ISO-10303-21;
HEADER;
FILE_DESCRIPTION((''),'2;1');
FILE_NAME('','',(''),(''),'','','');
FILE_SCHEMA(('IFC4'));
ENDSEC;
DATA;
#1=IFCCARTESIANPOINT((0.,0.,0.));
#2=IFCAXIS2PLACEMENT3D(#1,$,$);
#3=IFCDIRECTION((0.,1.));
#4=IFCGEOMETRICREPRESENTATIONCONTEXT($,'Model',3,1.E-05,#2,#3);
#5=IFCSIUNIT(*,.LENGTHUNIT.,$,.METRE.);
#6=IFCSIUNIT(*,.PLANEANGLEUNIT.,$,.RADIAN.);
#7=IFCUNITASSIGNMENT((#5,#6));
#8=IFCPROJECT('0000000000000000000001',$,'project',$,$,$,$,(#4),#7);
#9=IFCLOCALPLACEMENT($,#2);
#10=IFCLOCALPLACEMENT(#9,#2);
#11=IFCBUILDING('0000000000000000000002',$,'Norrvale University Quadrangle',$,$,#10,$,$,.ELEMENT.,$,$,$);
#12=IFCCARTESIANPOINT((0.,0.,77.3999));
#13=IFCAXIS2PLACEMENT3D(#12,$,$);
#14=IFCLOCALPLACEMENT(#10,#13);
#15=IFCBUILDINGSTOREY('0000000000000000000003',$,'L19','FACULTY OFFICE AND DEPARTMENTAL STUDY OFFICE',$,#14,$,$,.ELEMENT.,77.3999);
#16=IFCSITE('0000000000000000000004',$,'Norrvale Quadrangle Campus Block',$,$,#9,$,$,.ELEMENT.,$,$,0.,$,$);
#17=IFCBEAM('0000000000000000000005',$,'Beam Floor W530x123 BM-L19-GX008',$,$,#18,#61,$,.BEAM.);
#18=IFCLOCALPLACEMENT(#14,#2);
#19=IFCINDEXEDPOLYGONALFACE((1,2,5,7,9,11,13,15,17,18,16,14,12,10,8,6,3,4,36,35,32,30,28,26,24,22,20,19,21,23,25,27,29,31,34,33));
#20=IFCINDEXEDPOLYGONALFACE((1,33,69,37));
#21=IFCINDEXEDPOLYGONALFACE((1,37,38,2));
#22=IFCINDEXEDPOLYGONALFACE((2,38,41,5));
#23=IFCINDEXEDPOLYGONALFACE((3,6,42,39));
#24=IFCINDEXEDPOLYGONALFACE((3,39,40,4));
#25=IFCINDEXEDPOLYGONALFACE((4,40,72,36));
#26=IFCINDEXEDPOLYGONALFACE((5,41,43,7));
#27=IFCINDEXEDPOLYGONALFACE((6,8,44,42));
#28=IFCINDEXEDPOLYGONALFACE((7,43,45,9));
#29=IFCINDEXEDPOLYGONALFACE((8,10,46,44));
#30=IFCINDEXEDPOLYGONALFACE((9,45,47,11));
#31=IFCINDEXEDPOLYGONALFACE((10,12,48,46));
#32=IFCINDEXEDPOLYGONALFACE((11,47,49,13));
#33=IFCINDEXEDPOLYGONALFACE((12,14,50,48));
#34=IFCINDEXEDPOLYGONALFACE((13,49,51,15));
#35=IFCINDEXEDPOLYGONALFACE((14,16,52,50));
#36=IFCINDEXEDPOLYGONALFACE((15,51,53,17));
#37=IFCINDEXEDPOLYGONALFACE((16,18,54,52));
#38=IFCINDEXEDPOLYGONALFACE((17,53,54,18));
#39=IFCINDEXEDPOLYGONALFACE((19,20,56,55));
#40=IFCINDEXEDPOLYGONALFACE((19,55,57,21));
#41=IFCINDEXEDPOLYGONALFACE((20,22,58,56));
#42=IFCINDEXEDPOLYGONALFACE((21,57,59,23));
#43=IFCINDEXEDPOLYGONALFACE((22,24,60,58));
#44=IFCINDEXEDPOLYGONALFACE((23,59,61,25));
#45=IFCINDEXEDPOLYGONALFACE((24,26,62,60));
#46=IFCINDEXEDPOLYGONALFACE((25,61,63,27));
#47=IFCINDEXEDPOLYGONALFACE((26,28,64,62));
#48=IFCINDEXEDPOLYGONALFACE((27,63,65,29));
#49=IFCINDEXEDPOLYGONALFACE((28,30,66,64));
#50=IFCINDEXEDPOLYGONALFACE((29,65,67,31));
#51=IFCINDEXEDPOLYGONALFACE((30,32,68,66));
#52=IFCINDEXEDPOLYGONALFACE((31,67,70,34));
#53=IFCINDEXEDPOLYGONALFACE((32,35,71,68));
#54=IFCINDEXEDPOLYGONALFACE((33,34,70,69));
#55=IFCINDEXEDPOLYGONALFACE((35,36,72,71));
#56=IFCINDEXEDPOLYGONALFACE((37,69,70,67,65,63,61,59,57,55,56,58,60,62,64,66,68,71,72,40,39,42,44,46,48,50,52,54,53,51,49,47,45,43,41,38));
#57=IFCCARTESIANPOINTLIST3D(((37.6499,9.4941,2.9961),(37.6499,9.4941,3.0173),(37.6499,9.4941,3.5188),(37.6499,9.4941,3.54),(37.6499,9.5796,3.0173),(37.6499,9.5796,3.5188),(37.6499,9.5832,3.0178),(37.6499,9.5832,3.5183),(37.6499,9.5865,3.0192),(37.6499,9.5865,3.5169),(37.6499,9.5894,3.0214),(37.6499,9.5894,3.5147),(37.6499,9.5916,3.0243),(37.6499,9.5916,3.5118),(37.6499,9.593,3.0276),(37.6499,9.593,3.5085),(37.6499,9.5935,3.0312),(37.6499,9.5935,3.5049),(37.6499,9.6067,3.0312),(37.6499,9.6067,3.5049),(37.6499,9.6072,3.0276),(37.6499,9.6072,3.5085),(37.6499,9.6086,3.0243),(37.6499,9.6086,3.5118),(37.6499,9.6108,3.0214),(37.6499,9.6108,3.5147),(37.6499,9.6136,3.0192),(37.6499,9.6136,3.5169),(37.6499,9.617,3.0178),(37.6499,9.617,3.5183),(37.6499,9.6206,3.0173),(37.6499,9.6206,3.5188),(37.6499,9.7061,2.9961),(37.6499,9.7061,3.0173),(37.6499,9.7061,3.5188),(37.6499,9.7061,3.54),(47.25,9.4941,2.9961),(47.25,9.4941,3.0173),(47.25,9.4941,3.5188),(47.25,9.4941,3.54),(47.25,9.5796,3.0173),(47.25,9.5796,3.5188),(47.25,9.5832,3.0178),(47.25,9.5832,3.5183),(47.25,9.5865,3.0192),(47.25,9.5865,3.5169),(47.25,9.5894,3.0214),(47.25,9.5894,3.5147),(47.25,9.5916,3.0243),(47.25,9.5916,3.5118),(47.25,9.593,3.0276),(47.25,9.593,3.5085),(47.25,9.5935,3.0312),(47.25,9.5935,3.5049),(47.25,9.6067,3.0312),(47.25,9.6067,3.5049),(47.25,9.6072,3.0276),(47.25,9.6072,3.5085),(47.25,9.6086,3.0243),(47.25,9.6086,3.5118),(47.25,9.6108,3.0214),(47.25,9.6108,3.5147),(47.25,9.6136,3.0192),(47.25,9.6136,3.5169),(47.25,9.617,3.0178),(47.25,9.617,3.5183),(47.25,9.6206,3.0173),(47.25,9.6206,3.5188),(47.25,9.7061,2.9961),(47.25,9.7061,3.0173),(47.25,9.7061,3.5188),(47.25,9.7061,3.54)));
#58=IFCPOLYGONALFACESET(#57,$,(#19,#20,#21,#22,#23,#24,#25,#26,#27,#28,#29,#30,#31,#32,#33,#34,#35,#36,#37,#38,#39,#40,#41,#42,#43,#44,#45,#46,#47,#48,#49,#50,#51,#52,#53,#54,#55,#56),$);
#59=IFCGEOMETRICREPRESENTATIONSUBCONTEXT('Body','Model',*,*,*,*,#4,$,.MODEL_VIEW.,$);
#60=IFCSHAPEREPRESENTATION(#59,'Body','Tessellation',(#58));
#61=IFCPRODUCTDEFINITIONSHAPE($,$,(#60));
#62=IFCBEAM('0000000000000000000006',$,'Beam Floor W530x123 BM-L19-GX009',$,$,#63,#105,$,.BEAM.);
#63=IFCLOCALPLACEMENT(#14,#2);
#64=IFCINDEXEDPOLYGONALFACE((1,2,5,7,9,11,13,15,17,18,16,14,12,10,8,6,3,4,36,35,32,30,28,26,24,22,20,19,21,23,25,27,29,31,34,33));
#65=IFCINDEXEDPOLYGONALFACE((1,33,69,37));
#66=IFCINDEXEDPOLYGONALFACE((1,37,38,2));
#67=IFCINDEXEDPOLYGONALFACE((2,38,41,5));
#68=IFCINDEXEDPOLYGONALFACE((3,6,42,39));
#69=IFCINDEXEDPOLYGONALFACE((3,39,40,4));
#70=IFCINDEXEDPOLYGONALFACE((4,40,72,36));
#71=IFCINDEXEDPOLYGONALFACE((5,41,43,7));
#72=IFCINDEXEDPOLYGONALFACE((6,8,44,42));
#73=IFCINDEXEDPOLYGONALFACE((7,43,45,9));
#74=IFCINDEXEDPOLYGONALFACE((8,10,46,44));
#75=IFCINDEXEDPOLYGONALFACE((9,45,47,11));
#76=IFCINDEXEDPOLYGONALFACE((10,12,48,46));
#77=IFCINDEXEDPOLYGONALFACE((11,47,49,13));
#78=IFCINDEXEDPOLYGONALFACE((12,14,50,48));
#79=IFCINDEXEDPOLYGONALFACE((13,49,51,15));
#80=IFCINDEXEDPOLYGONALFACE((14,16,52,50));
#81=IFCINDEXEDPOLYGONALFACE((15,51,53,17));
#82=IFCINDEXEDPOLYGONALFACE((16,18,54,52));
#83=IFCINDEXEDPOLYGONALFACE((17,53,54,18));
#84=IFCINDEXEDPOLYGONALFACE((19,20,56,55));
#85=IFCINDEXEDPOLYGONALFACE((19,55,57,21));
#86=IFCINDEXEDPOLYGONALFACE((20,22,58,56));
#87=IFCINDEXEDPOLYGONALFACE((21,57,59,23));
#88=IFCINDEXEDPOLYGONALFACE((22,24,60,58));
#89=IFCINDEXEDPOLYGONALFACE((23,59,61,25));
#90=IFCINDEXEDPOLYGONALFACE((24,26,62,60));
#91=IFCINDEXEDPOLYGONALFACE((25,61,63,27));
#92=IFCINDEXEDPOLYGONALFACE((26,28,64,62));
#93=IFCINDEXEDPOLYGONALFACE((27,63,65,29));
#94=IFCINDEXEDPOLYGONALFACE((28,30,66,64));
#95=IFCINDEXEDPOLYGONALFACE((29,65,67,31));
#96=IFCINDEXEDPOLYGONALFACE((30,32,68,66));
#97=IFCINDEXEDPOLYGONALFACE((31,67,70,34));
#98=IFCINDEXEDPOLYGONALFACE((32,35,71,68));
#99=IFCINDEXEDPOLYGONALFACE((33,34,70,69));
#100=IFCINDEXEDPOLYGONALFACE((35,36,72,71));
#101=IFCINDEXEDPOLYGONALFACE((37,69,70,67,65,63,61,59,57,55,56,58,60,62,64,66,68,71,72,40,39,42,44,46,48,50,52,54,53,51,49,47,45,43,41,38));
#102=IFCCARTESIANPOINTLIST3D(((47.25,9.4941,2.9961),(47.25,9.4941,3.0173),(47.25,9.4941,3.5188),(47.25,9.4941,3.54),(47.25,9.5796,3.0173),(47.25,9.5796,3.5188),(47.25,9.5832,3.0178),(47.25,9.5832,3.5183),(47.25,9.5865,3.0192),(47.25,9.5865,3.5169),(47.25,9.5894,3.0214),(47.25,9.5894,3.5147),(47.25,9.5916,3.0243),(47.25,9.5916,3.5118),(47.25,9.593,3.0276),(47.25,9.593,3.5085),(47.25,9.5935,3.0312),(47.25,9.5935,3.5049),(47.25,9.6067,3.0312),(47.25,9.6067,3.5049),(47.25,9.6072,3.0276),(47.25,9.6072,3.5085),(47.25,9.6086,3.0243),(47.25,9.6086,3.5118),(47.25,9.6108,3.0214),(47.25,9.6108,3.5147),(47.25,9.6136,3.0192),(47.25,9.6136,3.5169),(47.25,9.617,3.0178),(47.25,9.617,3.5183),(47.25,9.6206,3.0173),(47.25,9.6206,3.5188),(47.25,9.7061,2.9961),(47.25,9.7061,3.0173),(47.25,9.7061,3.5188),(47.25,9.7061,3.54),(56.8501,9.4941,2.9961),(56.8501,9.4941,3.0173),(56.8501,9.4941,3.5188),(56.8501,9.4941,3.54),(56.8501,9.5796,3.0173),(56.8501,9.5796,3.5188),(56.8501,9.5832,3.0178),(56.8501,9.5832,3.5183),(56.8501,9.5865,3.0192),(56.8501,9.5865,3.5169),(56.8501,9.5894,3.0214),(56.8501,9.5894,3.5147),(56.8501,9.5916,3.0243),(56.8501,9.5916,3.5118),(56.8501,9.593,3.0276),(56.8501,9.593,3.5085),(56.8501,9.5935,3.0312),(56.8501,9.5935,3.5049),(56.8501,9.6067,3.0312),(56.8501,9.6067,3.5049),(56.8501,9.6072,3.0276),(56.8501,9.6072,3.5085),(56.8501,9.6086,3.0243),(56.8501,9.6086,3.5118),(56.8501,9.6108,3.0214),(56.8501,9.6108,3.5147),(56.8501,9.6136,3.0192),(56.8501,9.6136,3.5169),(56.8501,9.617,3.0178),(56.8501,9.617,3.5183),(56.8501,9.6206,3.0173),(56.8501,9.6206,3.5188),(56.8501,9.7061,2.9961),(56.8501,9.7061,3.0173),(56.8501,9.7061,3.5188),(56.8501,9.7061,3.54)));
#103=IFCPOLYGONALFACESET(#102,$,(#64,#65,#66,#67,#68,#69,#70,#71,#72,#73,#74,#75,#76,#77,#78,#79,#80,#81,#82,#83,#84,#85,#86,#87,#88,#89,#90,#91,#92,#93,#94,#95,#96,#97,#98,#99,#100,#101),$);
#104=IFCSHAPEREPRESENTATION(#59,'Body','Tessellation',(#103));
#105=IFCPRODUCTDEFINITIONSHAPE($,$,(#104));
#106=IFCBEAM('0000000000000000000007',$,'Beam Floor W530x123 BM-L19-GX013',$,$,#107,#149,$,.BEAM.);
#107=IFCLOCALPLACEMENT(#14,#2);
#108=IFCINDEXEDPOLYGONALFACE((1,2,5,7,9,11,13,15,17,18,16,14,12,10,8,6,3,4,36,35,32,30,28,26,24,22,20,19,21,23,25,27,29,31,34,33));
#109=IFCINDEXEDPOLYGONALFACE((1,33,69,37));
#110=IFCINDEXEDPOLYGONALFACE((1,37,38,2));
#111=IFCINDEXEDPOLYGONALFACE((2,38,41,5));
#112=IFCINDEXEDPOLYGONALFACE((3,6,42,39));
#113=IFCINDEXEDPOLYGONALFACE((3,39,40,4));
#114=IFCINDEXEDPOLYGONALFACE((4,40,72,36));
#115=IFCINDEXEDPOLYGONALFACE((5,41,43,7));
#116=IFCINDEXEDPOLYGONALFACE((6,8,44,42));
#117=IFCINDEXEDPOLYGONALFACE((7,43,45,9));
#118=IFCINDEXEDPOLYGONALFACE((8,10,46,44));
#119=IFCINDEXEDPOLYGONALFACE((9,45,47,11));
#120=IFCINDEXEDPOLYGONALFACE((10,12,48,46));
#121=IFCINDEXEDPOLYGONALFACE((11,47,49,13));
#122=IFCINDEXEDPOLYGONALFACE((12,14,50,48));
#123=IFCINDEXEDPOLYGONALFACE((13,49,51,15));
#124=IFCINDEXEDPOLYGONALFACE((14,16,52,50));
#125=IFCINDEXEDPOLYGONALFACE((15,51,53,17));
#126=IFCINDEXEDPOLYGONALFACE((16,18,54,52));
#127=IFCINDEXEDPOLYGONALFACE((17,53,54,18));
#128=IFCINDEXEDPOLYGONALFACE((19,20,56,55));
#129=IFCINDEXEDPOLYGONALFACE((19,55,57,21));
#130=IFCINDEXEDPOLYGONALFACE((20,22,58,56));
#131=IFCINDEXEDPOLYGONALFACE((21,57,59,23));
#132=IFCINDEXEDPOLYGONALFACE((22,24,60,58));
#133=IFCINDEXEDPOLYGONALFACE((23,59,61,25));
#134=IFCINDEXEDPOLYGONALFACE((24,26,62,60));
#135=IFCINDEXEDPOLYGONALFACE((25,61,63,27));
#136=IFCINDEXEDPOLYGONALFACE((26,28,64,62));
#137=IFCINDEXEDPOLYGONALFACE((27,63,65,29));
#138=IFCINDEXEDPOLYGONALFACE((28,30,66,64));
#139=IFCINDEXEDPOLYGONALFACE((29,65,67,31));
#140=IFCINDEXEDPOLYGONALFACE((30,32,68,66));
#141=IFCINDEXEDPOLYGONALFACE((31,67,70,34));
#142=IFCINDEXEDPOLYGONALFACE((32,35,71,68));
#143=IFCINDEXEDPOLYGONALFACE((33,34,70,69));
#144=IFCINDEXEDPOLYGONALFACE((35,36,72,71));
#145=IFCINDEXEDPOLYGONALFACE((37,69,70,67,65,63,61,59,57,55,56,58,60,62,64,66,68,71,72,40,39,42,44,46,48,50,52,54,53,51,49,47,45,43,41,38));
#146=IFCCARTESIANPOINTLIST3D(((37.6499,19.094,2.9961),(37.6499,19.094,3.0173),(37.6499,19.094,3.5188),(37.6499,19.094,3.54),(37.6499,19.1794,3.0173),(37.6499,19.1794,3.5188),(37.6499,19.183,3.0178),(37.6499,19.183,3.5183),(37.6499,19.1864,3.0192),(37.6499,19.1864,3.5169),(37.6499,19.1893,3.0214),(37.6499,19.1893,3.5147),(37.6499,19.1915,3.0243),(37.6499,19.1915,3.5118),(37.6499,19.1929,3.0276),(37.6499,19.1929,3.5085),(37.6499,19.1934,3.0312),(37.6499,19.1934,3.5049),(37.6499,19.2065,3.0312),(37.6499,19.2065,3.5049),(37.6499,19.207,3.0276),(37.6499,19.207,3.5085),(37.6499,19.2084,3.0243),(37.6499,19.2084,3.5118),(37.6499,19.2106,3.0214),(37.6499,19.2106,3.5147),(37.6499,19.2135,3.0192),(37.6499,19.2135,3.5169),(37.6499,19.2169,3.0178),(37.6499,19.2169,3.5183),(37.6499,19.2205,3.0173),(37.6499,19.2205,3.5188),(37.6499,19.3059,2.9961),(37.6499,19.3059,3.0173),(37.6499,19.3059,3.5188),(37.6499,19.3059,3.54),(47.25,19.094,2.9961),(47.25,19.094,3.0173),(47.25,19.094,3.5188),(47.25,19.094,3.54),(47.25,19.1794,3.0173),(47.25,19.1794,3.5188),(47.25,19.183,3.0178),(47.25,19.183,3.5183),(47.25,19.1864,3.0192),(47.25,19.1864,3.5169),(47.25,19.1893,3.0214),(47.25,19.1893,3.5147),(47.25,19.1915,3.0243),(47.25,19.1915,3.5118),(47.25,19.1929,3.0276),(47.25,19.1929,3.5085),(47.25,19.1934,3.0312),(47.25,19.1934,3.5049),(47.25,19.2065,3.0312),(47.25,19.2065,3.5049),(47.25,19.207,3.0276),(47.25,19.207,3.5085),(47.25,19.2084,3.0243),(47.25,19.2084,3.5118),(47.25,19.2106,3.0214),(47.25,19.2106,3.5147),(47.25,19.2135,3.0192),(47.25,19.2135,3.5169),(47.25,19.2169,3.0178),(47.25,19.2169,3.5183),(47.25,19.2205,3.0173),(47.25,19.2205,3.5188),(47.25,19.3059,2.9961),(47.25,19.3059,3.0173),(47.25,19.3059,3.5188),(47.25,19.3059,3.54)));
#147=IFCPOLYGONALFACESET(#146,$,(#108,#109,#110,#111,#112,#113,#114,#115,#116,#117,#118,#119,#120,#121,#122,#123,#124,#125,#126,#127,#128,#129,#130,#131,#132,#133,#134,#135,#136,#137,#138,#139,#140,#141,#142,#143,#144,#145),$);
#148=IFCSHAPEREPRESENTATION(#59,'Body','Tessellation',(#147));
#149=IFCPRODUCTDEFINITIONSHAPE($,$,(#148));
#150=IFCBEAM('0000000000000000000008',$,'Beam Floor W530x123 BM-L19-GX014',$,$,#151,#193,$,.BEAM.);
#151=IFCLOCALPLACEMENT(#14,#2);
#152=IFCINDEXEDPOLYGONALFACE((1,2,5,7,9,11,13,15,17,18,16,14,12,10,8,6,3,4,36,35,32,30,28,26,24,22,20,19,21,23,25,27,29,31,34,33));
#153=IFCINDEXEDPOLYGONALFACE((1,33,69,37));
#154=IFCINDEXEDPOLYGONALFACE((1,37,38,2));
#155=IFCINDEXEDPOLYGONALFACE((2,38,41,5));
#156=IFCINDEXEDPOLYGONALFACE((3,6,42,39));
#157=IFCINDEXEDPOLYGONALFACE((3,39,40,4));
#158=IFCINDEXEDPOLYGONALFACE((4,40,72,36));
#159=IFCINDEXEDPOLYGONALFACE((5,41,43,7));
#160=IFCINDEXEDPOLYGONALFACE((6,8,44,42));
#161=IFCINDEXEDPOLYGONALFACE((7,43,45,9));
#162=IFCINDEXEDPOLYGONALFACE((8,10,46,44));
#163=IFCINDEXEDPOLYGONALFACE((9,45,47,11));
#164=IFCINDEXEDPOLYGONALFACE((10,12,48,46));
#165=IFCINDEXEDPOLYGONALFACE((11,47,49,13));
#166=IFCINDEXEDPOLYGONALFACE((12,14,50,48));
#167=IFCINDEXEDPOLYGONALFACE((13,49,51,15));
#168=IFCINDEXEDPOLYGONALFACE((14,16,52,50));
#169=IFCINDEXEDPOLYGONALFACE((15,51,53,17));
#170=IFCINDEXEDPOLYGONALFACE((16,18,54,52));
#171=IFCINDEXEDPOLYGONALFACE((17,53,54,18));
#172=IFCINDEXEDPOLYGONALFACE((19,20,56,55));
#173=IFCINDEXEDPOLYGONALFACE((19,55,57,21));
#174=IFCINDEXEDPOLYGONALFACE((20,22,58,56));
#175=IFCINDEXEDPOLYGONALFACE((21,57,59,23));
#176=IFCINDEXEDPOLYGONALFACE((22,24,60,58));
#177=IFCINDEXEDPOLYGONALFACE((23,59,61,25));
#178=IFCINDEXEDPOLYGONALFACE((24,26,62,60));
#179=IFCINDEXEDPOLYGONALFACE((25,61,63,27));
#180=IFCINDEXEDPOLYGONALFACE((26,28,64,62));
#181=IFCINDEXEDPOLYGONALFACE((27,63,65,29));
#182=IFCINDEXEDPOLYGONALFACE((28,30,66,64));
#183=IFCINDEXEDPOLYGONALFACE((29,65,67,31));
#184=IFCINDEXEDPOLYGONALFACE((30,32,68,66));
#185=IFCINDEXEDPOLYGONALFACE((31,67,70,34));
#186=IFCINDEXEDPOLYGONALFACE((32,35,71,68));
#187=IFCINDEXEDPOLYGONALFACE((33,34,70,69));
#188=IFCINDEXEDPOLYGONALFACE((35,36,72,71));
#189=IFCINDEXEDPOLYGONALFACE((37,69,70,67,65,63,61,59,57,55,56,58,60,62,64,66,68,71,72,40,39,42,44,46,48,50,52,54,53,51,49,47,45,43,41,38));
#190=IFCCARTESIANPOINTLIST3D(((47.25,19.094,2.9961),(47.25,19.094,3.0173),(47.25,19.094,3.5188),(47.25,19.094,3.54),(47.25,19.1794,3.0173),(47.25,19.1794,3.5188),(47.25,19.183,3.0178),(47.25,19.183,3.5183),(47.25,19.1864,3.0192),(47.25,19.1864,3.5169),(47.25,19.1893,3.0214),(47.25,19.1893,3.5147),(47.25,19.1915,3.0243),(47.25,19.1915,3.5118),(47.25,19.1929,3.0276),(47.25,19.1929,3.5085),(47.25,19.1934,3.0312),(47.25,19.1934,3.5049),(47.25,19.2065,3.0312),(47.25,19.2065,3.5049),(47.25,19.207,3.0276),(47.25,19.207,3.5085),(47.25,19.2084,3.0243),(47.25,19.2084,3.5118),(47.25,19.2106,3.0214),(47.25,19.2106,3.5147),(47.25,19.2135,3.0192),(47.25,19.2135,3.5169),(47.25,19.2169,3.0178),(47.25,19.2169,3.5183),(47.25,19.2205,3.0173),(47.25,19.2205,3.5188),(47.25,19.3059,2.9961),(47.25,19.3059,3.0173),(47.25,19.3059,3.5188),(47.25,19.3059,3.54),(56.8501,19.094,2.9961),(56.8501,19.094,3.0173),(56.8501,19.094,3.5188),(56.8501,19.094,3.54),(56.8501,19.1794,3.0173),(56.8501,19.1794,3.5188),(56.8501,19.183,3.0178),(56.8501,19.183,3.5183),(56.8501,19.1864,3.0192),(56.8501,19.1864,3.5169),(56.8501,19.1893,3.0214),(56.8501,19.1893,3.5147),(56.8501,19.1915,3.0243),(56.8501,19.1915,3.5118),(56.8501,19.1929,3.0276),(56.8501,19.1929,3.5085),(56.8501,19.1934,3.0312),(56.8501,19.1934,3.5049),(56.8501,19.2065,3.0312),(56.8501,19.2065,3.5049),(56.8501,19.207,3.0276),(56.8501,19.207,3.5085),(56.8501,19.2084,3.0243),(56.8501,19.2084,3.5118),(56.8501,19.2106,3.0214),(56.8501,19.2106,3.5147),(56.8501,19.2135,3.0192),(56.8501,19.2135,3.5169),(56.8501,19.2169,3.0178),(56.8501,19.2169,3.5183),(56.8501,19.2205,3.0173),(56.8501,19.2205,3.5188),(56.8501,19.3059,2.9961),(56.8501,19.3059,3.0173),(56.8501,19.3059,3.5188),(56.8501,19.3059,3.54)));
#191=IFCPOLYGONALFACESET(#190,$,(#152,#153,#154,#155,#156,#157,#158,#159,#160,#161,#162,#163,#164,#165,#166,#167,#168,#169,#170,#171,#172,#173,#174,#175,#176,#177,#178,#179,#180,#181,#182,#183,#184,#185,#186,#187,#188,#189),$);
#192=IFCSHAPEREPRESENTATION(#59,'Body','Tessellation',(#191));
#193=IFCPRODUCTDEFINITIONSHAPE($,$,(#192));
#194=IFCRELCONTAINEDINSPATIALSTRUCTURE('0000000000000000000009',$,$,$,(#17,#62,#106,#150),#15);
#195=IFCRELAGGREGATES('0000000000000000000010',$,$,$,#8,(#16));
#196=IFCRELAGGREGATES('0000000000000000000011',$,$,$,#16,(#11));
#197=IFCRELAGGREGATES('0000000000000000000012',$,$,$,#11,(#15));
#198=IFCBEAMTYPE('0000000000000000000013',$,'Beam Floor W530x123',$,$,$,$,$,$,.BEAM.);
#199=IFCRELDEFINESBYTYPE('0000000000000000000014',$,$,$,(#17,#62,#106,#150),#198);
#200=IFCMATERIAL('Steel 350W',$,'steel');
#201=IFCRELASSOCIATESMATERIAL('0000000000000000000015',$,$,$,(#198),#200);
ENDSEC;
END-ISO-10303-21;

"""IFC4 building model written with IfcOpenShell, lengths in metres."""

from ifc_helpers import new_model, si_unit, direction, frame, origin, origin_2d, place, context, subcontext, project, spatial, i_section, extrude, material, material_profile, profile_set, type_object, element, save


model = new_model("IFC4")

# Units and contexts
model_context = context("Model", 3, precision=1e-05, world=origin(), true_north=direction((0.0, 1.0)))
body_context = subcontext(model_context, "Body", "Model", "MODEL_VIEW")
ifc_project = project(units=[si_unit("LENGTHUNIT", "METRE"), si_unit("PLANEANGLEUNIT", "RADIAN")], contexts=[model_context])

# Site, building, storey
site_placement = place(None, origin())
site = spatial("IfcSite", under=ifc_project, at=site_placement, Name="Norrvale Quadrangle Campus Block", CompositionType="ELEMENT", RefElevation=0.0)
building_placement = place(site_placement, origin())
building = spatial("IfcBuilding", under=site, at=building_placement, Name="Norrvale University Quadrangle", CompositionType="ELEMENT")
storey_placement = place(building_placement, frame((0.0, 0.0, 77.3999)))
storey = spatial("IfcBuildingStorey", under=building, at=storey_placement, Name="L19", Description="FACULTY OFFICE AND DEPARTMENTAL STUDY OFFICE", CompositionType="ELEMENT", Elevation=77.3999)

# Beams
ifc_material_1 = material(Name="Steel 350W", Category="steel")
ifc_material_profile_1 = material_profile(ifc_material_1, i_section(OverallWidth=0.2119, OverallDepth=0.5439, WebThickness=0.0132, FlangeThickness=0.0212, FilletRadius=0.0139, at=origin_2d()), Name="Steel 350W")
ifc_profile_set_1 = profile_set([ifc_material_profile_1], Name="Steel 350W")
beam_type_1 = type_object("IfcBeamType", Name="Beam Floor W530x123", PredefinedType="BEAM", material=ifc_profile_set_1)
for number, where, z_axis, x_axis, name in (
    (1, (37.6499, 9.6001, 3.2681), (1.0, 0.0, 0.0), (0.0, 1.0, 0.0), "Beam Floor W530x123 BM-L19-GX008"),
    (2, (47.25, 9.6001, 3.2681), (1.0, 0.0, 0.0), (0.0, 1.0, 0.0), "Beam Floor W530x123 BM-L19-GX009"),
    (3, (37.6499, 19.2, 3.2681), (1.0, 0.0, 0.0), (0.0, 1.0, 0.0), "Beam Floor W530x123 BM-L19-GX013"),
    (4, (47.25, 19.2, 3.2681), (1.0, 0.0, 0.0), (0.0, 1.0, 0.0), "Beam Floor W530x123 BM-L19-GX014"),
):
    element("IfcBeam", number, at=place(storey_placement, frame(where, z_axis=z_axis, x_axis=x_axis)), inside=storey, type_object=beam_type_1, Name=name, PredefinedType="BEAM", context=body_context, shape_type="SweptSolid", body=[
        extrude(i_section(OverallWidth=0.2119, OverallDepth=0.5439, WebThickness=0.0132, FlangeThickness=0.0212, FilletRadius=0.0139, at=origin_2d()), origin(), (0.0, 0.0, 1.0), 9.6001),
    ])

save(model, "model.ifc")
